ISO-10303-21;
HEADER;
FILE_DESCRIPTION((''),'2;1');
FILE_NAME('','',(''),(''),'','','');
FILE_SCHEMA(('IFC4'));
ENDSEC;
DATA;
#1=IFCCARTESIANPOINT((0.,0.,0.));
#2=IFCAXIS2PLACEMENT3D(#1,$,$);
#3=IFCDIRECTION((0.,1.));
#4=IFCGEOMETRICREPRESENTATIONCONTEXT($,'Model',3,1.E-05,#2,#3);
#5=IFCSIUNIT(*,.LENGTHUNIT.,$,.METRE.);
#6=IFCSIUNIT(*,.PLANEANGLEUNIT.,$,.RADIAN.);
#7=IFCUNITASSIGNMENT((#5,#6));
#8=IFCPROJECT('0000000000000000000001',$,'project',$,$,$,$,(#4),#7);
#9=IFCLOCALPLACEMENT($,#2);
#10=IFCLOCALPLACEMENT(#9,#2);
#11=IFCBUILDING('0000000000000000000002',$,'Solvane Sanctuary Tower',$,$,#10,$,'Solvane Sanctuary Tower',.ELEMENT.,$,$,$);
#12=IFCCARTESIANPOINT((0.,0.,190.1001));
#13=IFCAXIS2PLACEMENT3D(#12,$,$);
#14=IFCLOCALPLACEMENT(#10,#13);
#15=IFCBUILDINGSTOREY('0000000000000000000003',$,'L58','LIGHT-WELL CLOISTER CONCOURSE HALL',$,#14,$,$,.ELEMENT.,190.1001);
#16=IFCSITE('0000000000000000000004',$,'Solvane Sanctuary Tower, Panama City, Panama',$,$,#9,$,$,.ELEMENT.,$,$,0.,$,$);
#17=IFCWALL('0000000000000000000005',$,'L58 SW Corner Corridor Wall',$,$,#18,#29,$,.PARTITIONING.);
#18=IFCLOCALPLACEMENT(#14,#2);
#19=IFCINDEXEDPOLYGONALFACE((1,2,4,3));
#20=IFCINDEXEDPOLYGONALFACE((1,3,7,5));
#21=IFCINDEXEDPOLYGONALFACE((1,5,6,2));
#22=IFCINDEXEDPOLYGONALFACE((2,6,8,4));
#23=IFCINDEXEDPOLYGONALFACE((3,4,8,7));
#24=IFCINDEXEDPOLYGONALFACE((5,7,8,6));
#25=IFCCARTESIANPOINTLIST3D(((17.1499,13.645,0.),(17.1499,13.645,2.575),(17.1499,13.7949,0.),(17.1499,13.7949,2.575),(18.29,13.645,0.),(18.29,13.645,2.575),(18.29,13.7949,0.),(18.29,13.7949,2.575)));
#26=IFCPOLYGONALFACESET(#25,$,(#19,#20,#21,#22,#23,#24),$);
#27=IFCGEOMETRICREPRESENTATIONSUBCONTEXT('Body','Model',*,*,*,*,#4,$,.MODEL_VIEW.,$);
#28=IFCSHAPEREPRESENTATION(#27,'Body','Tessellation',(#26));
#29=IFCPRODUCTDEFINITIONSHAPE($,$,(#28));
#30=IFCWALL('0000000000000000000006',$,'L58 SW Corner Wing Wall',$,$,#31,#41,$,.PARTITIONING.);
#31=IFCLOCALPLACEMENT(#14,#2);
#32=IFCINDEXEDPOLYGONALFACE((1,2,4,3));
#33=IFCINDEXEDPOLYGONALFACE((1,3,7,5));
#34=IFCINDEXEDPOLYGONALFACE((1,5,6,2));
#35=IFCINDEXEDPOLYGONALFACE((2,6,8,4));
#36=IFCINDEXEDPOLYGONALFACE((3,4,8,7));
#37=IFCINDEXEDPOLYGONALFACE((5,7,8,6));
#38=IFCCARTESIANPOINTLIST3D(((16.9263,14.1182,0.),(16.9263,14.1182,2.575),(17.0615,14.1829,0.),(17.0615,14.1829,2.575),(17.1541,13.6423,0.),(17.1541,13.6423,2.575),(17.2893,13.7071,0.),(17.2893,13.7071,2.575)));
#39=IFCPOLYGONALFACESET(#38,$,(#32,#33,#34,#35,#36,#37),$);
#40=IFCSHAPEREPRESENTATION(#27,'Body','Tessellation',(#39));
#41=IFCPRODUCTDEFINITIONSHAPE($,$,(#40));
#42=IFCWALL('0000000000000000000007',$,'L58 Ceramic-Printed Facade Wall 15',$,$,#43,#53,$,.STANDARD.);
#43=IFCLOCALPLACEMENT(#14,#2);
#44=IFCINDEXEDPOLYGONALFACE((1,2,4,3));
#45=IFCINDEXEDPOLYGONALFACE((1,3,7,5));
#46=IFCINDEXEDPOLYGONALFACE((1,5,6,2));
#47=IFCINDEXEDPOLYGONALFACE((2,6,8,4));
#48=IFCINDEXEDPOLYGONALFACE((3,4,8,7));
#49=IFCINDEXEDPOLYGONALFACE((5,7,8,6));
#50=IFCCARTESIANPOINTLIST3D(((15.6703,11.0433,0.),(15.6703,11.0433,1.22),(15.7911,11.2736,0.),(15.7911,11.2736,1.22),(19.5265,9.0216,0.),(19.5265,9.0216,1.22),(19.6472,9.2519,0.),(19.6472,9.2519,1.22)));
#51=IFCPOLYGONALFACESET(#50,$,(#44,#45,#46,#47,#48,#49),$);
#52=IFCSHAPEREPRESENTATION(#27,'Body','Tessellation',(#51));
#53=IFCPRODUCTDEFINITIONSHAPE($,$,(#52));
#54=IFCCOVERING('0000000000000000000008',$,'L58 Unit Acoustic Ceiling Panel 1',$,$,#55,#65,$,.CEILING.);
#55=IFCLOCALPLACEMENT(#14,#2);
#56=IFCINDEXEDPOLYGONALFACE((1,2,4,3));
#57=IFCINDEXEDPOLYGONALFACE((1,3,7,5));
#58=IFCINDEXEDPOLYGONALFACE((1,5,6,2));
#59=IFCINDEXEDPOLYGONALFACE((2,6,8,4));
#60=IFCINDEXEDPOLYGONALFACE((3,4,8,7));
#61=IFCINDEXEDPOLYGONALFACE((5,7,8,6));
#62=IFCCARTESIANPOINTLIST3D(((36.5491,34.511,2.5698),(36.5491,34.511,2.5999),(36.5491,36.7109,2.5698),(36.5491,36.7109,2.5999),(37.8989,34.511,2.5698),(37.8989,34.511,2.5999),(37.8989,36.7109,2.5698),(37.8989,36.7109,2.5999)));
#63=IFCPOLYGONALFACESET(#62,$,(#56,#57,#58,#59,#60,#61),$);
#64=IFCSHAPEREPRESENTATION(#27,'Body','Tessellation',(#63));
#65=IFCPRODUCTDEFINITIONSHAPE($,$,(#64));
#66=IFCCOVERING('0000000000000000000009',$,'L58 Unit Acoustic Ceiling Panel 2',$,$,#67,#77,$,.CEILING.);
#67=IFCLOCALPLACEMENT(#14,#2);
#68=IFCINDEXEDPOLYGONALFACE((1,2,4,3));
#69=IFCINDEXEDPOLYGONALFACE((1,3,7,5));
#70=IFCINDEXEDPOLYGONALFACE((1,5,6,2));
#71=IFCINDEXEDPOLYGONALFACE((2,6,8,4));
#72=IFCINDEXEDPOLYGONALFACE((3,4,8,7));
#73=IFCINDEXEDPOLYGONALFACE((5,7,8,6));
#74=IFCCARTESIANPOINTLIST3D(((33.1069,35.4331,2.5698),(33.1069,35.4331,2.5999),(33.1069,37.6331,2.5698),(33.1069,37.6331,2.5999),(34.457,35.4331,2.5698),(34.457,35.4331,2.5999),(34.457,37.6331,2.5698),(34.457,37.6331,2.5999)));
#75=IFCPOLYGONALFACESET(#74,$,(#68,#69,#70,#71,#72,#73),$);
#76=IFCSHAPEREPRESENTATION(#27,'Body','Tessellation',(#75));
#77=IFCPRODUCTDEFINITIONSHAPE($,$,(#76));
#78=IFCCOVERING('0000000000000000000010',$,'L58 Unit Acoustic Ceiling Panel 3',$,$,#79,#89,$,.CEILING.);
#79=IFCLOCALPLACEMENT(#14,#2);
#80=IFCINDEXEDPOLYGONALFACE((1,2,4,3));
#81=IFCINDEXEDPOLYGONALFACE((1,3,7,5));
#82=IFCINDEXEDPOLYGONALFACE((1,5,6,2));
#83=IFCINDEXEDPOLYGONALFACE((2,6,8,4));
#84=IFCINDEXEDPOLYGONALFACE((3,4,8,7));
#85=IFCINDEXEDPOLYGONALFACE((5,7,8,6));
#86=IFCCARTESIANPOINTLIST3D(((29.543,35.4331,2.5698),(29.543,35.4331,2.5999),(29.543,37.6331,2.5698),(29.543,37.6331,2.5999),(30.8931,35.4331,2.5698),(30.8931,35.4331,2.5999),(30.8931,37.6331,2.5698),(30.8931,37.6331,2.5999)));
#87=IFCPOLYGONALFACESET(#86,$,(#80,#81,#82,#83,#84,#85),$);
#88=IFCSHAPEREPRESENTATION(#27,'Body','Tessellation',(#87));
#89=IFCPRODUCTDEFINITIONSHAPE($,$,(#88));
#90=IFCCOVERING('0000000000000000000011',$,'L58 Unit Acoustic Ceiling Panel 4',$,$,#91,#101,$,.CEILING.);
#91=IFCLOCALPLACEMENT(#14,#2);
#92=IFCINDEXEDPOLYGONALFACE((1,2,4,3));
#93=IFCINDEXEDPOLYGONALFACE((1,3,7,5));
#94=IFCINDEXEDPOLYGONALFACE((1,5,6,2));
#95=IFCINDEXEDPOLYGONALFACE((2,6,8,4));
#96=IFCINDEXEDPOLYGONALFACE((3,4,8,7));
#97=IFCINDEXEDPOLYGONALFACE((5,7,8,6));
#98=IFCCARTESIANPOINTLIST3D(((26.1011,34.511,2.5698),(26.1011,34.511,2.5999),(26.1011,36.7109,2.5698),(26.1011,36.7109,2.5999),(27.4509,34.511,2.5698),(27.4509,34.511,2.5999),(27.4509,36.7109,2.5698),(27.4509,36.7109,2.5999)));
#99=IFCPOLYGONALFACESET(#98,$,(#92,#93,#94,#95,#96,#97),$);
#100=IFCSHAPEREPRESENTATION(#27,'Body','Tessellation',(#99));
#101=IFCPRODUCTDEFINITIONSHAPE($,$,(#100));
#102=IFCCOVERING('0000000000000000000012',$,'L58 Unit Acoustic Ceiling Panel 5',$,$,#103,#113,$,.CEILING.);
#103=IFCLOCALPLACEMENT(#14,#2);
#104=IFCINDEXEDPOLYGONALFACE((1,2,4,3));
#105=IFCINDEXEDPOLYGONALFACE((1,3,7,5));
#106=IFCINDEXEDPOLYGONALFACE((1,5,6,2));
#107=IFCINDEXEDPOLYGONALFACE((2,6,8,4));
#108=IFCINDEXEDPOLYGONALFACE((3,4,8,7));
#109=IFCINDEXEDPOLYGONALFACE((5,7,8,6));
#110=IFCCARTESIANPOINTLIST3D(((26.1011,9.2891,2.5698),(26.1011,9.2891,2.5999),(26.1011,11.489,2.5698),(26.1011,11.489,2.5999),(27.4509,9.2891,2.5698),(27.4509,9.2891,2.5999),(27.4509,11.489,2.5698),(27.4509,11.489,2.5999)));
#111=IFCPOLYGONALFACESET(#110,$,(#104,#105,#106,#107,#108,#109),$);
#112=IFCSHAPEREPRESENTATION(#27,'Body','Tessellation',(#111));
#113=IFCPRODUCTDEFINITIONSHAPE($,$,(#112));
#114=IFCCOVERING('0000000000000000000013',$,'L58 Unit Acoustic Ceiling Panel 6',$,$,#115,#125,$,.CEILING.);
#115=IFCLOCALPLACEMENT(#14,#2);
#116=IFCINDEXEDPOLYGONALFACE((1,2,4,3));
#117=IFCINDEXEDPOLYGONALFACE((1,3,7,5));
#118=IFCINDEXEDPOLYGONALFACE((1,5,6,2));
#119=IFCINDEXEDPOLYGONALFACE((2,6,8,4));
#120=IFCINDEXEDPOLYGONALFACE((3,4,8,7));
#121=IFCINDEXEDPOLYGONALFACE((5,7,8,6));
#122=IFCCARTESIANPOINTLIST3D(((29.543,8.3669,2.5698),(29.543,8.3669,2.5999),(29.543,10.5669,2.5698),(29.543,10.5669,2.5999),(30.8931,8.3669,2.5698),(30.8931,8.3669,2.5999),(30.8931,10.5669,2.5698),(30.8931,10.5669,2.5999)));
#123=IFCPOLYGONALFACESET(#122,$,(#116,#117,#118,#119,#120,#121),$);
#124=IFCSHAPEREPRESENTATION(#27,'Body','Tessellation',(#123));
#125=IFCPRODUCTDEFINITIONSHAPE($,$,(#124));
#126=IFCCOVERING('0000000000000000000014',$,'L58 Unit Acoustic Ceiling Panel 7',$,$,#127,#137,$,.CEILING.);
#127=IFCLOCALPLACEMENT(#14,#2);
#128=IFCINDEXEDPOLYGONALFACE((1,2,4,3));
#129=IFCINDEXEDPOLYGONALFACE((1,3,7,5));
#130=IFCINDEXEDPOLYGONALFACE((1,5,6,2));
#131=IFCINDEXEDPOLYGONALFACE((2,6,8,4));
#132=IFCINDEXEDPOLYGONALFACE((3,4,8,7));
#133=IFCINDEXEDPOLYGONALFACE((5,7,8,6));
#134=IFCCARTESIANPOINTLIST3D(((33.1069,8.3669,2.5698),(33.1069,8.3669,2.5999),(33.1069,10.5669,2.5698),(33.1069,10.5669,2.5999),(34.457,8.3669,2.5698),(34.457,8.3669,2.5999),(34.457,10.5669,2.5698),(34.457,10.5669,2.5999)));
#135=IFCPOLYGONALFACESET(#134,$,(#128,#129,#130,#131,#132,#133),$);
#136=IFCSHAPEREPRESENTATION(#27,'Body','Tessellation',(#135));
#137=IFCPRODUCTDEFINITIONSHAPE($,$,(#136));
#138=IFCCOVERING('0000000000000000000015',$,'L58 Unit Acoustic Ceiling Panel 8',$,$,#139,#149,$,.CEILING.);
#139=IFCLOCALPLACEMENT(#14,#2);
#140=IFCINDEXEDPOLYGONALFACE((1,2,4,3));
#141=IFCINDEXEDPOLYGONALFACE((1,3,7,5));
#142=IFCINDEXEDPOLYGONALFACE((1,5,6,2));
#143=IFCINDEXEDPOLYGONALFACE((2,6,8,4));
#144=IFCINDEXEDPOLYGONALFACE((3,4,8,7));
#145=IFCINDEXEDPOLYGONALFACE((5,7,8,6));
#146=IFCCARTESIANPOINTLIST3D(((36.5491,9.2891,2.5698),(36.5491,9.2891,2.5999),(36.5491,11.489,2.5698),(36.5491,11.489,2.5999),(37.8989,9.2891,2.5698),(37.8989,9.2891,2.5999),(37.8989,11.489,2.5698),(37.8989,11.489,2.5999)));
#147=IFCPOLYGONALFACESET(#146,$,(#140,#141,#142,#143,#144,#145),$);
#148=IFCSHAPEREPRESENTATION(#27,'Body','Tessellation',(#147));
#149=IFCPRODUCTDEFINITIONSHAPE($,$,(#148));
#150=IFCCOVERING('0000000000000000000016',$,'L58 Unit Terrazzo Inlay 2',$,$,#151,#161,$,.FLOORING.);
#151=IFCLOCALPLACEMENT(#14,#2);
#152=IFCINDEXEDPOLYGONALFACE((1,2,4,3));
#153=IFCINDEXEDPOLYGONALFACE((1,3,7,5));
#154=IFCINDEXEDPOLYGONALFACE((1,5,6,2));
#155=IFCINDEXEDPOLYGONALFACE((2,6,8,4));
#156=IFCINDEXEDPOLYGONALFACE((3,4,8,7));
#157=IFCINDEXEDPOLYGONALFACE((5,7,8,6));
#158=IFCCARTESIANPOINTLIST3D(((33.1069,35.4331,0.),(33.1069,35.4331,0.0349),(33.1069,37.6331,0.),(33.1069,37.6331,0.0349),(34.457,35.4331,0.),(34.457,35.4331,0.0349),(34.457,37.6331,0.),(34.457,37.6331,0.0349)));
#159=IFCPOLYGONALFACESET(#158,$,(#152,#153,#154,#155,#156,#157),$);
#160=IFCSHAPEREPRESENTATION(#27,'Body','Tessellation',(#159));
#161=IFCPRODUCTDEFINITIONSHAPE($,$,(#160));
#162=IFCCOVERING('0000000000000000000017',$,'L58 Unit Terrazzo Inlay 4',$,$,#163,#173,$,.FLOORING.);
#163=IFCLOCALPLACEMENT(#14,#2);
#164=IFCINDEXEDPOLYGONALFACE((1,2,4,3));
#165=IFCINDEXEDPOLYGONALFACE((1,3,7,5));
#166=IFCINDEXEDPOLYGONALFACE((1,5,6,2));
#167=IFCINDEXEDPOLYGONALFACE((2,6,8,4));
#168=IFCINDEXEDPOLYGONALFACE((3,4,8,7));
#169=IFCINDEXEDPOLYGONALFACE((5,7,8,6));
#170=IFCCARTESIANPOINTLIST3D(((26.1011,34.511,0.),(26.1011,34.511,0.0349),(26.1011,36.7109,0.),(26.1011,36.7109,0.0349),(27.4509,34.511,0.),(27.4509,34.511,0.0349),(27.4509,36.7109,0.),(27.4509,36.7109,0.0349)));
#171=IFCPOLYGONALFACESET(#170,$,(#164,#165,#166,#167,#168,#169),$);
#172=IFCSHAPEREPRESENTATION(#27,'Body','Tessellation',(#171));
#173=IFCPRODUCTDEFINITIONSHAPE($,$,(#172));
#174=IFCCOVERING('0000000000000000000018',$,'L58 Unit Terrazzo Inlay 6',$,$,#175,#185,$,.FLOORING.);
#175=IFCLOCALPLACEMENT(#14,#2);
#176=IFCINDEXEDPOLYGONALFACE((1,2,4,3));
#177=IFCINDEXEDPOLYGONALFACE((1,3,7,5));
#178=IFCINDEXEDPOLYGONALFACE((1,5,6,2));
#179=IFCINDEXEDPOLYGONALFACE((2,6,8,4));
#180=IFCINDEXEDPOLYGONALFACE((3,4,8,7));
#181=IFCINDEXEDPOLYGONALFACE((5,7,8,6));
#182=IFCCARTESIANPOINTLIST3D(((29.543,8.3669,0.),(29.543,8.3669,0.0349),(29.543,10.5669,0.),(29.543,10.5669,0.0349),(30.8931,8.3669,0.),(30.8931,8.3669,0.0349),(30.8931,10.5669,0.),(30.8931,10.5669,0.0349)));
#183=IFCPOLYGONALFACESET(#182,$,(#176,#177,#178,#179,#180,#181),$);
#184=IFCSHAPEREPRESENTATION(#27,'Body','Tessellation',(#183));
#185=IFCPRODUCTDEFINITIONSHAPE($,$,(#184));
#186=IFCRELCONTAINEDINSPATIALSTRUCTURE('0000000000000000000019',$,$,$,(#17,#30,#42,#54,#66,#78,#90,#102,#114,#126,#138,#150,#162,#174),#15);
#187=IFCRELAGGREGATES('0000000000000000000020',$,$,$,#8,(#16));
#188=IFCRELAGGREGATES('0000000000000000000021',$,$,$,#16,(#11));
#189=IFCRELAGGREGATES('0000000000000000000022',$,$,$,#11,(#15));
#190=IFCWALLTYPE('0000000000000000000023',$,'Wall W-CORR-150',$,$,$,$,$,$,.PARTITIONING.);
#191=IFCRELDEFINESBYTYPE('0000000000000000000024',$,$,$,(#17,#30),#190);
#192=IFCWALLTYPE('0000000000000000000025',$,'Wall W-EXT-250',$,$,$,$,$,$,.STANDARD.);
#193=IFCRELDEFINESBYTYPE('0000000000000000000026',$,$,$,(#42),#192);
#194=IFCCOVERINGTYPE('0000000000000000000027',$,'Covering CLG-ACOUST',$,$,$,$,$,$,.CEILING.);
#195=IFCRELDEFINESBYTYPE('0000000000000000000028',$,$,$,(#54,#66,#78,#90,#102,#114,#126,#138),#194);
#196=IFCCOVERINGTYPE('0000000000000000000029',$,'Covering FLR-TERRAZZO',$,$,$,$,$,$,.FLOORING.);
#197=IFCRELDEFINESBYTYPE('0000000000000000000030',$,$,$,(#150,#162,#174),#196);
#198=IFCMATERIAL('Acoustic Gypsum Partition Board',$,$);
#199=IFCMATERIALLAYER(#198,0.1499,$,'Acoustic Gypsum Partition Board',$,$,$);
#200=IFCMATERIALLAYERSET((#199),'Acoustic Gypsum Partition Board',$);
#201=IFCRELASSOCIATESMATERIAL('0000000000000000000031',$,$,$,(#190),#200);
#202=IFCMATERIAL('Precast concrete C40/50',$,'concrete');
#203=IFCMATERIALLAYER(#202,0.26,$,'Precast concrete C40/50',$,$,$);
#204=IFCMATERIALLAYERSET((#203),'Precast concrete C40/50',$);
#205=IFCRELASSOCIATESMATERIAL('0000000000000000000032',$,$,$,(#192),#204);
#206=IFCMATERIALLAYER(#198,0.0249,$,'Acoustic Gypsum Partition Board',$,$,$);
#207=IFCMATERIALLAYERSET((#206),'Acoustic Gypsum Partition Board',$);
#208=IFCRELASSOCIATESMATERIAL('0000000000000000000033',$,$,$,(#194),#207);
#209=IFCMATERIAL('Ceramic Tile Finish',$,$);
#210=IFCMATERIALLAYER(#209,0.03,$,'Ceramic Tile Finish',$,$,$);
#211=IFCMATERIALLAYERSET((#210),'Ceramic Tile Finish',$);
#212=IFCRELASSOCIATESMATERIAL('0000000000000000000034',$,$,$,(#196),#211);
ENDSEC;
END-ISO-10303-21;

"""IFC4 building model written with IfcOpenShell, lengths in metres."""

from ifc_helpers import new_model, si_unit, direction, frame, frame_2d, origin, place, context, subcontext, project, spatial, polyline, rectangle, outline, extrude, material, layer, layer_set, type_object, element, save


model = new_model("IFC4")

# Units and contexts
model_context = context("Model", 3, precision=1e-05, world=origin(), true_north=direction((0.0, 1.0)))
body_context = subcontext(model_context, "Body", "Model", "MODEL_VIEW")
ifc_project = project(units=[si_unit("LENGTHUNIT", "METRE"), si_unit("PLANEANGLEUNIT", "RADIAN")], contexts=[model_context])

# Site, building, storey
site_placement = place(None, origin())
site = spatial("IfcSite", under=ifc_project, at=site_placement, Name="Solvane Sanctuary Tower, Panama City, Panama", CompositionType="ELEMENT", RefElevation=0.0)
building_placement = place(site_placement, origin())
building = spatial("IfcBuilding", under=site, at=building_placement, Name="Solvane Sanctuary Tower", LongName="Solvane Sanctuary Tower", CompositionType="ELEMENT")
storey_placement = place(building_placement, frame((0.0, 0.0, 190.1001)))
storey = spatial("IfcBuildingStorey", under=building, at=storey_placement, Name="L58", Description="LIGHT-WELL CLOISTER CONCOURSE HALL", CompositionType="ELEMENT", Elevation=190.1001)

# Walls
ifc_material_1 = material(Name="Acoustic Gypsum Partition Board")
ifc_layer_1 = layer(ifc_material_1, 0.1499, Name="Acoustic Gypsum Partition Board")
ifc_layer_set_1 = layer_set([ifc_layer_1], Name="Acoustic Gypsum Partition Board")
wall_type_1 = type_object("IfcWallType", Name="Wall W-CORR-150", PredefinedType="PARTITIONING", material=ifc_layer_set_1)
wall_1_placement = place(storey_placement, frame((17.1499, 13.72, 0.0), z_axis=(0.0, 0.0, 1.0), x_axis=(1.0, 0.0, 0.0)))
element("IfcWall", 1, at=wall_1_placement, inside=storey, type_object=wall_type_1, Name="L58 SW Corner Corridor Wall", PredefinedType="PARTITIONING", context=body_context, shape_type="SweptSolid", body=[
    extrude(rectangle(XDim=1.1401, YDim=0.1499, at=frame_2d((0.5701, 0.0))), origin(), (0.0, 0.0, 1.0), 2.575),
])
wall_2_placement = place(storey_placement, frame((17.2217, 13.6748, 0.0), z_axis=(0.0, 0.0, 1.0), x_axis=(-0.431783, 0.901978, 0.0)))
element("IfcWall", 2, at=wall_2_placement, inside=storey, type_object=wall_type_1, Name="L58 SW Corner Wing Wall", PredefinedType="PARTITIONING", context=body_context, shape_type="SweptSolid", body=[
    extrude(rectangle(XDim=0.5276, YDim=0.1499, at=frame_2d((0.2637, 0.0))), origin(), (0.0, 0.0, 1.0), 2.575),
])
ifc_material_2 = material(Name="Precast concrete C40/50", Category="concrete")
ifc_layer_2 = layer(ifc_material_2, 0.26, Name="Precast concrete C40/50")
ifc_layer_set_2 = layer_set([ifc_layer_2], Name="Precast concrete C40/50")
wall_type_2 = type_object("IfcWallType", Name="Wall W-EXT-250", PredefinedType="STANDARD", material=ifc_layer_set_2)
wall_3_placement = place(storey_placement, frame((15.7307, 11.1584, 0.0), z_axis=(0.0, 0.0, 1.0), x_axis=(0.88566, -0.464334, 0.0)))
element("IfcWall", 3, at=wall_3_placement, inside=storey, type_object=wall_type_2, Name="L58 Ceramic-Printed Facade Wall 15", PredefinedType="STANDARD", context=body_context, shape_type="SweptSolid", body=[
    extrude(rectangle(XDim=4.354, YDim=0.26, at=frame_2d((2.177, 0.0))), origin(), (0.0, 0.0, 1.0), 1.22),
])

# Coverings
ifc_layer_3 = layer(ifc_material_1, 0.0249, Name="Acoustic Gypsum Partition Board")
ifc_layer_set_3 = layer_set([ifc_layer_3], Name="Acoustic Gypsum Partition Board")
covering_type_1 = type_object("IfcCoveringType", Name="Covering CLG-ACOUST", PredefinedType="CEILING", material=ifc_layer_set_3)
covering_1_placement = place(storey_placement, frame((0.0, 0.0, 2.5698)))
element("IfcCovering", 4, at=covering_1_placement, inside=storey, type_object=covering_type_1, Name="L58 Unit Acoustic Ceiling Panel 1", PredefinedType="CEILING", context=body_context, shape_type="SweptSolid", body=[
    extrude(outline(polyline([(36.5491, 34.511), (37.8989, 34.511), (37.8989, 36.7109), (36.5491, 36.7109), (36.5491, 34.511)])), origin(), (0.0, 0.0, 1.0), 0.03),
])
covering_2_placement = place(storey_placement, frame((0.0, 0.0, 2.5698)))
element("IfcCovering", 5, at=covering_2_placement, inside=storey, type_object=covering_type_1, Name="L58 Unit Acoustic Ceiling Panel 2", PredefinedType="CEILING", context=body_context, shape_type="SweptSolid", body=[
    extrude(outline(polyline([(33.1069, 35.4331), (34.457, 35.4331), (34.457, 37.6331), (33.1069, 37.6331), (33.1069, 35.4331)])), origin(), (0.0, 0.0, 1.0), 0.03),
])
covering_3_placement = place(storey_placement, frame((0.0, 0.0, 2.5698)))
element("IfcCovering", 6, at=covering_3_placement, inside=storey, type_object=covering_type_1, Name="L58 Unit Acoustic Ceiling Panel 3", PredefinedType="CEILING", context=body_context, shape_type="SweptSolid", body=[
    extrude(outline(polyline([(29.543, 35.4331), (30.8931, 35.4331), (30.8931, 37.6331), (29.543, 37.6331), (29.543, 35.4331)])), origin(), (0.0, 0.0, 1.0), 0.03),
])
covering_4_placement = place(storey_placement, frame((0.0, 0.0, 2.5698)))
element("IfcCovering", 7, at=covering_4_placement, inside=storey, type_object=covering_type_1, Name="L58 Unit Acoustic Ceiling Panel 4", PredefinedType="CEILING", context=body_context, shape_type="SweptSolid", body=[
    extrude(outline(polyline([(26.1011, 34.511), (27.4509, 34.511), (27.4509, 36.7109), (26.1011, 36.7109), (26.1011, 34.511)])), origin(), (0.0, 0.0, 1.0), 0.03),
])
covering_5_placement = place(storey_placement, frame((0.0, 0.0, 2.5698)))
element("IfcCovering", 8, at=covering_5_placement, inside=storey, type_object=covering_type_1, Name="L58 Unit Acoustic Ceiling Panel 5", PredefinedType="CEILING", context=body_context, shape_type="SweptSolid", body=[
    extrude(outline(polyline([(26.1011, 9.2891), (27.4509, 9.2891), (27.4509, 11.489), (26.1011, 11.489), (26.1011, 9.2891)])), origin(), (0.0, 0.0, 1.0), 0.03),
])
covering_6_placement = place(storey_placement, frame((0.0, 0.0, 2.5698)))
element("IfcCovering", 9, at=covering_6_placement, inside=storey, type_object=covering_type_1, Name="L58 Unit Acoustic Ceiling Panel 6", PredefinedType="CEILING", context=body_context, shape_type="SweptSolid", body=[
    extrude(outline(polyline([(29.543, 8.3669), (30.8931, 8.3669), (30.8931, 10.5669), (29.543, 10.5669), (29.543, 8.3669)])), origin(), (0.0, 0.0, 1.0), 0.03),
])
covering_7_placement = place(storey_placement, frame((0.0, 0.0, 2.5698)))
element("IfcCovering", 10, at=covering_7_placement, inside=storey, type_object=covering_type_1, Name="L58 Unit Acoustic Ceiling Panel 7", PredefinedType="CEILING", context=body_context, shape_type="SweptSolid", body=[
    extrude(outline(polyline([(33.1069, 8.3669), (34.457, 8.3669), (34.457, 10.5669), (33.1069, 10.5669), (33.1069, 8.3669)])), origin(), (0.0, 0.0, 1.0), 0.03),
])
covering_8_placement = place(storey_placement, frame((0.0, 0.0, 2.5698)))
element("IfcCovering", 11, at=covering_8_placement, inside=storey, type_object=covering_type_1, Name="L58 Unit Acoustic Ceiling Panel 8", PredefinedType="CEILING", context=body_context, shape_type="SweptSolid", body=[
    extrude(outline(polyline([(36.5491, 9.2891), (37.8989, 9.2891), (37.8989, 11.489), (36.5491, 11.489), (36.5491, 9.2891)])), origin(), (0.0, 0.0, 1.0), 0.03),
])
ifc_material_3 = material(Name="Ceramic Tile Finish")
ifc_layer_4 = layer(ifc_material_3, 0.03, Name="Ceramic Tile Finish")
ifc_layer_set_4 = layer_set([ifc_layer_4], Name="Ceramic Tile Finish")
covering_type_2 = type_object("IfcCoveringType", Name="Covering FLR-TERRAZZO", PredefinedType="FLOORING", material=ifc_layer_set_4)
covering_9_placement = place(storey_placement, origin())
element("IfcCovering", 12, at=covering_9_placement, inside=storey, type_object=covering_type_2, Name="L58 Unit Terrazzo Inlay 2", PredefinedType="FLOORING", context=body_context, shape_type="SweptSolid", body=[
    extrude(outline(polyline([(33.1069, 35.4331), (34.457, 35.4331), (34.457, 37.6331), (33.1069, 37.6331), (33.1069, 35.4331)])), origin(), (0.0, 0.0, 1.0), 0.0349),
])
covering_10_placement = place(storey_placement, origin())
element("IfcCovering", 13, at=covering_10_placement, inside=storey, type_object=covering_type_2, Name="L58 Unit Terrazzo Inlay 4", PredefinedType="FLOORING", context=body_context, shape_type="SweptSolid", body=[
    extrude(outline(polyline([(26.1011, 34.511), (27.4509, 34.511), (27.4509, 36.7109), (26.1011, 36.7109), (26.1011, 34.511)])), origin(), (0.0, 0.0, 1.0), 0.0349),
])
covering_11_placement = place(storey_placement, origin())
element("IfcCovering", 14, at=covering_11_placement, inside=storey, type_object=covering_type_2, Name="L58 Unit Terrazzo Inlay 6", PredefinedType="FLOORING", context=body_context, shape_type="SweptSolid", body=[
    extrude(outline(polyline([(29.543, 8.3669), (30.8931, 8.3669), (30.8931, 10.5669), (29.543, 10.5669), (29.543, 8.3669)])), origin(), (0.0, 0.0, 1.0), 0.0349),
])

save(model, "model.ifc")
